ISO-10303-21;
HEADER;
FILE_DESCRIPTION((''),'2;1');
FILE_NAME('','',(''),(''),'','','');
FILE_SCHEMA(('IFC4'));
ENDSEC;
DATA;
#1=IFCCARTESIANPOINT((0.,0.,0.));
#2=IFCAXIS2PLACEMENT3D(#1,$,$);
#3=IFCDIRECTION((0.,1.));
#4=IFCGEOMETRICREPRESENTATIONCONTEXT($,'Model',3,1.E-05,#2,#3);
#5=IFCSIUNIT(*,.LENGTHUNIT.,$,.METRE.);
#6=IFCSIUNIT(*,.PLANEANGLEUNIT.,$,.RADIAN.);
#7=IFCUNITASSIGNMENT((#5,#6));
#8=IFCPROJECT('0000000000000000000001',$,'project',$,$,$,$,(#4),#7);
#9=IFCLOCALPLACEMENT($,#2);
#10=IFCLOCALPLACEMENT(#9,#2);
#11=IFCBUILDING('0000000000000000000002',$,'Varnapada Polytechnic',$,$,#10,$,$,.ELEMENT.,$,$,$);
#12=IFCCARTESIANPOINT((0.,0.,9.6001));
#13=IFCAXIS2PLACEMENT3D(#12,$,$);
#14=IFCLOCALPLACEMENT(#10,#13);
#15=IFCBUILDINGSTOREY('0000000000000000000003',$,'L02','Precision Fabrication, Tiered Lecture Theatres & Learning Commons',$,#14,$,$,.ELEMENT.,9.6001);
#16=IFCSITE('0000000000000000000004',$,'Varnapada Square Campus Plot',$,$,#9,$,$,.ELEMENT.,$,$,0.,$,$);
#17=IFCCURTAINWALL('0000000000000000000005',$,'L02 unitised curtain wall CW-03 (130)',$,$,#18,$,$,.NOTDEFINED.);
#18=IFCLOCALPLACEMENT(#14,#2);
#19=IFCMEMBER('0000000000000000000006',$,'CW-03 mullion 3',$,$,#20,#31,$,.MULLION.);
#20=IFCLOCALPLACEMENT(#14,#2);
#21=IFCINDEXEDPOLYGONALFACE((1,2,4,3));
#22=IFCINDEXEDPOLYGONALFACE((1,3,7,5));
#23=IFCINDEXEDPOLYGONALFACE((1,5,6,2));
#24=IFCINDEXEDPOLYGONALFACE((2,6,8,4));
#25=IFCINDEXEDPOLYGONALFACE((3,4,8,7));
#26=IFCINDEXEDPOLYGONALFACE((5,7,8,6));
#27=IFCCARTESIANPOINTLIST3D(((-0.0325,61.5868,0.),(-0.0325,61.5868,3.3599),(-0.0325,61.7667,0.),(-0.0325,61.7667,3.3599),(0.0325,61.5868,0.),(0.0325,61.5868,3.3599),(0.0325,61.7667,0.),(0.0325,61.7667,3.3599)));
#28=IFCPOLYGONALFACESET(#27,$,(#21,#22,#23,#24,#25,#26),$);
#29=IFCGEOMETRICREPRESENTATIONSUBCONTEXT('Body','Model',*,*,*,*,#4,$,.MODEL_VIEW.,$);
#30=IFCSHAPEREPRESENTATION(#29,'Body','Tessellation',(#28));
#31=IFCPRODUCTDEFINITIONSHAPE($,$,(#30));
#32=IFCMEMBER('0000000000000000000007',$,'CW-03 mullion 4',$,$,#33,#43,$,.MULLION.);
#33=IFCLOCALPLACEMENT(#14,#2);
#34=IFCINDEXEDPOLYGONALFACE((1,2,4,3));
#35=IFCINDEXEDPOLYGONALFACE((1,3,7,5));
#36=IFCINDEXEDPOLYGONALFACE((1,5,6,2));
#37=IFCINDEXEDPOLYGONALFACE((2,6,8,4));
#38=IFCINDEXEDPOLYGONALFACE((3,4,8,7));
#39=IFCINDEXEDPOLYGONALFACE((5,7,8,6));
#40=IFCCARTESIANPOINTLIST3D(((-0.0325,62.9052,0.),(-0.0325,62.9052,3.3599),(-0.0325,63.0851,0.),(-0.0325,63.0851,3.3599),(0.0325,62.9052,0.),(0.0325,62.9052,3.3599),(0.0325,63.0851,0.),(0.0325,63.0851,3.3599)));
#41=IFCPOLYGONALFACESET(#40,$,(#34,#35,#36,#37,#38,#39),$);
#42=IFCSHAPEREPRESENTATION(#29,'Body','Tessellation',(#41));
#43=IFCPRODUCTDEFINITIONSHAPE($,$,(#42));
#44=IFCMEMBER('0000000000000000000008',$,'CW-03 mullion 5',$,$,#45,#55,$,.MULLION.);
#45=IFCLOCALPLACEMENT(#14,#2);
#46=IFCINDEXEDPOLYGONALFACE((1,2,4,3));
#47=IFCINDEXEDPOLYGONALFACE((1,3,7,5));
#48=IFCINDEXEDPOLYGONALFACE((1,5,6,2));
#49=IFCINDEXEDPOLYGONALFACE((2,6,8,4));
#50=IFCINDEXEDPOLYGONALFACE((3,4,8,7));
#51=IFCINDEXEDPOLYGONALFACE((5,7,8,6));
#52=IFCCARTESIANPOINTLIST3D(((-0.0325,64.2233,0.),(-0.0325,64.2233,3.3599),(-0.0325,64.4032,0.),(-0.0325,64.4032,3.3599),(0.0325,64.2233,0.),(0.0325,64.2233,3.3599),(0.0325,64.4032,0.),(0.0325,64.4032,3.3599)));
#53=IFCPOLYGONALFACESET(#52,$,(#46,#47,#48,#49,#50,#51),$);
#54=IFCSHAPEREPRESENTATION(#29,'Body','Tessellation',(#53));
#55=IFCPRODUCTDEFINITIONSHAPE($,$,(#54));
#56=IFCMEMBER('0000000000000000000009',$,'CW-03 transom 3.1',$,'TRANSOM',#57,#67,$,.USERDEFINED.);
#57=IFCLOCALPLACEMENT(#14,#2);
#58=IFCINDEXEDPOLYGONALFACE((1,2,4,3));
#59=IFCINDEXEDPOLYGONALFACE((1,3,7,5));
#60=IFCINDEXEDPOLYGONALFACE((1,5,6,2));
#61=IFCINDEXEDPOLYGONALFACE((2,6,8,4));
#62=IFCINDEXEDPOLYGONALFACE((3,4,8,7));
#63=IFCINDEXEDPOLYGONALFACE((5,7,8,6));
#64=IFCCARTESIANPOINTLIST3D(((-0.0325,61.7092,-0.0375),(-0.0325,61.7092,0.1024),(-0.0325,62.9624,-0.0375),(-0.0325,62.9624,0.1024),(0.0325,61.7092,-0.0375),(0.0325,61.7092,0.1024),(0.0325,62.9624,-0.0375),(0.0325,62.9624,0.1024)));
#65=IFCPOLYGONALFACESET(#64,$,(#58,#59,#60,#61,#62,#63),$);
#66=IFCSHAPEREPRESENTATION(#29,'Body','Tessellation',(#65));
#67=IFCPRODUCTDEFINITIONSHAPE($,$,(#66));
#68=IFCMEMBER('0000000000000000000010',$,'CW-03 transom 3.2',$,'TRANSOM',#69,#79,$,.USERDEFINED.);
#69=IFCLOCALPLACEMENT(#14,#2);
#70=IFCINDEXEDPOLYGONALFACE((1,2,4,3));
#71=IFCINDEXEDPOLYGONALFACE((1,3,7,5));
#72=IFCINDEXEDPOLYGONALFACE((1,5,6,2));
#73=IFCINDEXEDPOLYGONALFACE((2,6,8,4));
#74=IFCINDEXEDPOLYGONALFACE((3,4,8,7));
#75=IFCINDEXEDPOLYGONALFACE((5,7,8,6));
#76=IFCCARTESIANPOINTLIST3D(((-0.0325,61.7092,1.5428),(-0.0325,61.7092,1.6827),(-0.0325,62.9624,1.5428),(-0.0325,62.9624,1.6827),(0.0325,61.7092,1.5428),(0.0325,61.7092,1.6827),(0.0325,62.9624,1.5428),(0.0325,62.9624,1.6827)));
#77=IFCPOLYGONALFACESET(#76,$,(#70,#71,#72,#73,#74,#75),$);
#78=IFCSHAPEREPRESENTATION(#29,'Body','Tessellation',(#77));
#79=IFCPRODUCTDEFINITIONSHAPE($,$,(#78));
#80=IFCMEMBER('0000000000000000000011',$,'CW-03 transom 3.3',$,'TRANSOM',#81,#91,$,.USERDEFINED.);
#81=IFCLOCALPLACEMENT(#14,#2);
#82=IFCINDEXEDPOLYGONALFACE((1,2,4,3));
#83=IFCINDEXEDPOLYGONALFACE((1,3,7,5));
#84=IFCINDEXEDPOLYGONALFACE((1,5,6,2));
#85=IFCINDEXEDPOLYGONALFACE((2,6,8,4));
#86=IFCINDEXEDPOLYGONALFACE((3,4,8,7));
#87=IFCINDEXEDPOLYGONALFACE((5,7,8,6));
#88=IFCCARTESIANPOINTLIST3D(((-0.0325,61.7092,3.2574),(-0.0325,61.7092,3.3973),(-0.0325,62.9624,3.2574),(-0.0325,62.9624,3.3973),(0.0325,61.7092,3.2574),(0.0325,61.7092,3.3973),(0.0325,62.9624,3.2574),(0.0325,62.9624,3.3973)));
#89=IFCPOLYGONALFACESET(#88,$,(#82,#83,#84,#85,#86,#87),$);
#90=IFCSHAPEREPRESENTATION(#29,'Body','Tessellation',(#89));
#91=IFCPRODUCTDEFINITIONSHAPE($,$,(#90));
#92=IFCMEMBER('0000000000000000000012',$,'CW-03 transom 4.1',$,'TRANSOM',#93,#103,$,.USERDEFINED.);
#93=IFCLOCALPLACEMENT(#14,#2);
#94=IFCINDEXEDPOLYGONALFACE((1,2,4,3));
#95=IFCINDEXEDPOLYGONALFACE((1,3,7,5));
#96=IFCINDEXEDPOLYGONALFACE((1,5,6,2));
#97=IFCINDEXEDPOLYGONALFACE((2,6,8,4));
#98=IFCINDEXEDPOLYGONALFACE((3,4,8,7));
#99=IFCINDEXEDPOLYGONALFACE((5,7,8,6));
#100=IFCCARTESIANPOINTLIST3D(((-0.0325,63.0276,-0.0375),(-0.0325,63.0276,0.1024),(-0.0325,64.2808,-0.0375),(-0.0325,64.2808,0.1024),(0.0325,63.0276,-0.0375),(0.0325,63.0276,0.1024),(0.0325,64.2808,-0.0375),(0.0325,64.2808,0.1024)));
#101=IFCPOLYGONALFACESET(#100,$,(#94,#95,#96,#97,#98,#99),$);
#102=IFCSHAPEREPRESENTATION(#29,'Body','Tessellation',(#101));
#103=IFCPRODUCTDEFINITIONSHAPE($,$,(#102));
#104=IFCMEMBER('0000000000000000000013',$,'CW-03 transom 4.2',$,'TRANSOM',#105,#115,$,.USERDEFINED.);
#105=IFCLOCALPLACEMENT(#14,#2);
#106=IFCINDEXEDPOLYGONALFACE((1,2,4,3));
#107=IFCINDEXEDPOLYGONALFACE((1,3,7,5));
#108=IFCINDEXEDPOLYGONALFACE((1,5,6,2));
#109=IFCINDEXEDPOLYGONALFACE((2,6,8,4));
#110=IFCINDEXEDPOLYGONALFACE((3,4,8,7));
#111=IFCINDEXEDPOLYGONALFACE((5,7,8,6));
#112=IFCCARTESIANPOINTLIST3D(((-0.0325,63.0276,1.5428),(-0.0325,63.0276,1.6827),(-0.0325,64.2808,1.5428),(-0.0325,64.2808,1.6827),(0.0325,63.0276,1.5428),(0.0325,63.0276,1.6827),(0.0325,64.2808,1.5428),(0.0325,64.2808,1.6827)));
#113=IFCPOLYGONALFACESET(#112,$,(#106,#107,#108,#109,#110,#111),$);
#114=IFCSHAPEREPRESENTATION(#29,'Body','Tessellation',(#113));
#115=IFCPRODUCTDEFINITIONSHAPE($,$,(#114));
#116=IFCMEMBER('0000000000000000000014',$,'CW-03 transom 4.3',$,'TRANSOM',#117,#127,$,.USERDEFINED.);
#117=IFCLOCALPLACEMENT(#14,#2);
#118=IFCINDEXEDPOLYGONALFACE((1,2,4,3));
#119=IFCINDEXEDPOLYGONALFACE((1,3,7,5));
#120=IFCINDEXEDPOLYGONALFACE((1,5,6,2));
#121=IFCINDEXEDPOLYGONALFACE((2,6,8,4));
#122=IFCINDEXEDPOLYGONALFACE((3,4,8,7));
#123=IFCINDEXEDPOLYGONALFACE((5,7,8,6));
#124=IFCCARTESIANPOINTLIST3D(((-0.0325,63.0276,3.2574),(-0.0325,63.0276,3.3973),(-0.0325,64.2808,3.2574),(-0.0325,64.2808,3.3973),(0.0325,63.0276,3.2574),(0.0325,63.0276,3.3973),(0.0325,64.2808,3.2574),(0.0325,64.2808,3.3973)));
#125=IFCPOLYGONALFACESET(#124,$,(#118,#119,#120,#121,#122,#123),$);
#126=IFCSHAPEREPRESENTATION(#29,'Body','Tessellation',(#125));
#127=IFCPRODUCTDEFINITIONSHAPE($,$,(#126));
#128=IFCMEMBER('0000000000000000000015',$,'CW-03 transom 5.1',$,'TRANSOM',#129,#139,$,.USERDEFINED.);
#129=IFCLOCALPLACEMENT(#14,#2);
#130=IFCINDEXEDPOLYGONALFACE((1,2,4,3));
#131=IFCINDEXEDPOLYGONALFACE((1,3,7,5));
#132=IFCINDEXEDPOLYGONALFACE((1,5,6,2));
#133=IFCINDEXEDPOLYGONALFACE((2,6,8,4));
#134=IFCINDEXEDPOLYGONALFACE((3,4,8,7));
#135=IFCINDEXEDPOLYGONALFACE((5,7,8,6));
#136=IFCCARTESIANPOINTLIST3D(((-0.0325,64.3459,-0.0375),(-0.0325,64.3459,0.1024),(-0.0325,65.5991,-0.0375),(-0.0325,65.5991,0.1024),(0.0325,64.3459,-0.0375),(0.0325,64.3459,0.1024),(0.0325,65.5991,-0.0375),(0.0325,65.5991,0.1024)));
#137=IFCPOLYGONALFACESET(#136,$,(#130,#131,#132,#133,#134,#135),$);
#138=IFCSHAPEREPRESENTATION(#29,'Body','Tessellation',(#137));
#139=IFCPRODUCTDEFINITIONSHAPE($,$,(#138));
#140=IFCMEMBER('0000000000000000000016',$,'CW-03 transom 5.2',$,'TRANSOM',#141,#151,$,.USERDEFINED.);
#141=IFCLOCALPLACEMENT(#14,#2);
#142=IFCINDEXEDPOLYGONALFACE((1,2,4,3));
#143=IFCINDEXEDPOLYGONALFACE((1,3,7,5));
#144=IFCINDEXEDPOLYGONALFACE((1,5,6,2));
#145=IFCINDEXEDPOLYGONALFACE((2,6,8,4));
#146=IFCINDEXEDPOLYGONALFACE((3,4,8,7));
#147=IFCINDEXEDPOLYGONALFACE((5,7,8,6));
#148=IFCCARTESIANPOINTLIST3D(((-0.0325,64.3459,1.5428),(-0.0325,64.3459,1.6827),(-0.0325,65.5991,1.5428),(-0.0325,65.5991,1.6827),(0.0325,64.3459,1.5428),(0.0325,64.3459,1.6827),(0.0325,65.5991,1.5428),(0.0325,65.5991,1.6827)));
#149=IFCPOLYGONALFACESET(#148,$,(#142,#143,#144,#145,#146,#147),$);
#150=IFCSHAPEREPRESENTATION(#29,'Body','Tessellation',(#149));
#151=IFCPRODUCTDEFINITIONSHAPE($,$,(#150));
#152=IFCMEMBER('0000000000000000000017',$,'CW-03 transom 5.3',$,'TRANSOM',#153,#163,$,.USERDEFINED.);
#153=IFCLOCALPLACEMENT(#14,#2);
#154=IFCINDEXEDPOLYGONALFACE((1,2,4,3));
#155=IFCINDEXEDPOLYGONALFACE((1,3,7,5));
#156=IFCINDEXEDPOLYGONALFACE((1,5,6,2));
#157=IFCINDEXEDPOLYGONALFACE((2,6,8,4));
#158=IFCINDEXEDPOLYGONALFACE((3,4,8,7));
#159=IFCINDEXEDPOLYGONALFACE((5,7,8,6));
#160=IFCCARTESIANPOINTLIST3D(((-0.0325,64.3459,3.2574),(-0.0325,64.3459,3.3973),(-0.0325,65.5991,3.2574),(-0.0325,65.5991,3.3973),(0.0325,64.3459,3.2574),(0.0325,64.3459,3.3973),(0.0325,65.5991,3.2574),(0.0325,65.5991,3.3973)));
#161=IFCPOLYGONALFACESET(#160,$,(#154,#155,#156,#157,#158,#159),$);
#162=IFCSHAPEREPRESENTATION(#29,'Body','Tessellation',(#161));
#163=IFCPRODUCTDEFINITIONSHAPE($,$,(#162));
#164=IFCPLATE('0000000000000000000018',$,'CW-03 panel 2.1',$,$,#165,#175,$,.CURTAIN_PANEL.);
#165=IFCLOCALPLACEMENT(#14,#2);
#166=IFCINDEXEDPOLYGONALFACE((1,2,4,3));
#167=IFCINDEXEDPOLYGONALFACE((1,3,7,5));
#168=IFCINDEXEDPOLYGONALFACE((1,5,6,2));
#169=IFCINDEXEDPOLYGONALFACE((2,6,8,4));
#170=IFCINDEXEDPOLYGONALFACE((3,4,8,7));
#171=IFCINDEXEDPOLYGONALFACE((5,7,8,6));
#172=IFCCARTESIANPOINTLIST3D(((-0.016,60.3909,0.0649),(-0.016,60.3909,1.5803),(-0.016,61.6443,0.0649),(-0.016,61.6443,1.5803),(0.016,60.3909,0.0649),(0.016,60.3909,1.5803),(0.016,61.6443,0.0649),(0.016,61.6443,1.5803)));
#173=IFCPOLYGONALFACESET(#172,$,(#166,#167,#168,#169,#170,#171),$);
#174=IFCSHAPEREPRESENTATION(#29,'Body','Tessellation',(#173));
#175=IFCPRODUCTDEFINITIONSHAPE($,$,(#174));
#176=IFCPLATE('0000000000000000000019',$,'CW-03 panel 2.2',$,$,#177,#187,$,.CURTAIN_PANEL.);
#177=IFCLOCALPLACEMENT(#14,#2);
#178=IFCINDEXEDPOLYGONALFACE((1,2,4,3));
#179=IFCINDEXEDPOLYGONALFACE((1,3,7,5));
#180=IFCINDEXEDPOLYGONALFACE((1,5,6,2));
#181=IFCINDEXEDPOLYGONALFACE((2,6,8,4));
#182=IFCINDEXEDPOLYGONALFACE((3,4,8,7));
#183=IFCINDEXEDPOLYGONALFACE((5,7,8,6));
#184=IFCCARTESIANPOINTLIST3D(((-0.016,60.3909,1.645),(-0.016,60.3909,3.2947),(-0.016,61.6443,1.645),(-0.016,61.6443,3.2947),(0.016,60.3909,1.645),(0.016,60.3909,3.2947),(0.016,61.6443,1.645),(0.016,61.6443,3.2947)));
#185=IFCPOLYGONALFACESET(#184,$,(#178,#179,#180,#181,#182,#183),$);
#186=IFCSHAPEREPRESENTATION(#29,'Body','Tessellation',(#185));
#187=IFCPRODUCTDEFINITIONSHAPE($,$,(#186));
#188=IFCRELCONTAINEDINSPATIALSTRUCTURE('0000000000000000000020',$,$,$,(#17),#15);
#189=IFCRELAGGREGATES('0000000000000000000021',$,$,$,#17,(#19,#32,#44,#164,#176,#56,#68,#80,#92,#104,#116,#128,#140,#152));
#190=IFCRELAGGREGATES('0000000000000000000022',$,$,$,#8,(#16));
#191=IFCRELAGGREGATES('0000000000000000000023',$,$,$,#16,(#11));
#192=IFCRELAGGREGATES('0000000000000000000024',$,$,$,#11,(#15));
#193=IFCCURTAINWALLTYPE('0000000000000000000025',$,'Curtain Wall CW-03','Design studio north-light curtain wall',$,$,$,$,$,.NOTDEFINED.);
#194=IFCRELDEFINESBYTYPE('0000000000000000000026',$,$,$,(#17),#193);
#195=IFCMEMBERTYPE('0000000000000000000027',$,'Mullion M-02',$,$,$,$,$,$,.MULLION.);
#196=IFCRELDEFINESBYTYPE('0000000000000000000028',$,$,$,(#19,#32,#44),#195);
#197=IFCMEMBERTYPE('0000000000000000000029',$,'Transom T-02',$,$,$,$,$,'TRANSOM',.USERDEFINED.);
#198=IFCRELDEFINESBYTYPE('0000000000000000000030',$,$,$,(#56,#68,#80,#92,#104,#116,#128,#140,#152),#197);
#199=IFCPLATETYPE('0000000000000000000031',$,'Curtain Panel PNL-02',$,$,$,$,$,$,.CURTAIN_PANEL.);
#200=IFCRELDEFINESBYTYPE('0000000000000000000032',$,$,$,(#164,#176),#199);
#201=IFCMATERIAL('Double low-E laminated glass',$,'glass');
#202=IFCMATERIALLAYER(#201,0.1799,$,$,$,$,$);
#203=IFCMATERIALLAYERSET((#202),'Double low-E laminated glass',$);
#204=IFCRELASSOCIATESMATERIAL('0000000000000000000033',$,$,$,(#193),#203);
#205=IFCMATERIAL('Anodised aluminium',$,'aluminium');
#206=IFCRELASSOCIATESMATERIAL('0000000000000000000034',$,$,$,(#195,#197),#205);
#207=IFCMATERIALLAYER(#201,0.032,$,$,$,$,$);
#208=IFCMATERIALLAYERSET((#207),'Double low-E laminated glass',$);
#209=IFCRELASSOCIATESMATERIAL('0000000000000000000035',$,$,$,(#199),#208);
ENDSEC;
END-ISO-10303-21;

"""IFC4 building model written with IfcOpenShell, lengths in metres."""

from ifc_helpers import new_model, si_unit, direction, frame, origin, origin_2d, place, context, subcontext, project, spatial, rectangle, extrude, material, layer, layer_set, material_profile, profile_set, type_object, element, aggregate, save


model = new_model("IFC4")

# Units and contexts
model_context = context("Model", 3, precision=1e-05, world=origin(), true_north=direction((0.0, 1.0)))
body_context = subcontext(model_context, "Body", "Model", "MODEL_VIEW")
ifc_project = project(units=[si_unit("LENGTHUNIT", "METRE"), si_unit("PLANEANGLEUNIT", "RADIAN")], contexts=[model_context])

# Site, building, storey
site_placement = place(None, origin())
site = spatial("IfcSite", under=ifc_project, at=site_placement, Name="Varnapada Square Campus Plot", CompositionType="ELEMENT", RefElevation=0.0)
building_placement = place(site_placement, origin())
building = spatial("IfcBuilding", under=site, at=building_placement, Name="Varnapada Polytechnic", CompositionType="ELEMENT")
storey_placement = place(building_placement, frame((0.0, 0.0, 9.6001)))
storey = spatial("IfcBuildingStorey", under=building, at=storey_placement, Name="L02", Description="Precision Fabrication, Tiered Lecture Theatres & Learning Commons", CompositionType="ELEMENT", Elevation=9.6001)

# Curtain wall, members, plates
ifc_material_1 = material(Name="Double low-E laminated glass", Category="glass")
ifc_layer_1 = layer(ifc_material_1, 0.1799)
ifc_layer_set_1 = layer_set([ifc_layer_1], Name="Double low-E laminated glass")
curtain_wall_type = type_object("IfcCurtainWallType", Name="Curtain Wall CW-03", Description="Design studio north-light curtain wall", PredefinedType="NOTDEFINED", material=ifc_layer_set_1)
curtain_wall_placement = place(storey_placement, origin())
curtain_wall = element("IfcCurtainWall", 1, at=curtain_wall_placement, inside=storey, type_object=curtain_wall_type, Name="L02 unitised curtain wall CW-03 (130)", PredefinedType="NOTDEFINED")
ifc_material_2 = material(Name="Anodised aluminium", Category="aluminium")
ifc_material_profile_1 = material_profile(ifc_material_2, rectangle(XDim=0.0649, YDim=0.1799, at=origin_2d()), Name="ALU M65x180")
ifc_profile_set_1 = profile_set([ifc_material_profile_1], Name="Anodised aluminium")
member_type_1 = type_object("IfcMemberType", Name="Mullion M-02", PredefinedType="MULLION", material=ifc_profile_set_1)
member_1_placement = place(storey_placement, frame((0.0, 61.6768, 0.0), z_axis=(0.0, 0.0, 1.0), x_axis=(-1.0, 0.0, 0.0)))
member_1 = element("IfcMember", 2, at=member_1_placement, type_object=member_type_1, Name="CW-03 mullion 3", PredefinedType="MULLION", context=body_context, shape_type="SweptSolid", body=[
    extrude(rectangle(XDim=0.0649, YDim=0.1799, at=origin_2d()), origin(), (0.0, 0.0, 1.0), 3.3599),
])
member_2_placement = place(storey_placement, frame((0.0, 62.9951, 0.0), z_axis=(0.0, 0.0, 1.0), x_axis=(-1.0, 0.0, 0.0)))
member_2 = element("IfcMember", 3, at=member_2_placement, type_object=member_type_1, Name="CW-03 mullion 4", PredefinedType="MULLION", context=body_context, shape_type="SweptSolid", body=[
    extrude(rectangle(XDim=0.0649, YDim=0.1799, at=origin_2d()), origin(), (0.0, 0.0, 1.0), 3.3599),
])
member_3_placement = place(storey_placement, frame((0.0, 64.3132, 0.0), z_axis=(0.0, 0.0, 1.0), x_axis=(-1.0, 0.0, 0.0)))
member_3 = element("IfcMember", 4, at=member_3_placement, type_object=member_type_1, Name="CW-03 mullion 5", PredefinedType="MULLION", context=body_context, shape_type="SweptSolid", body=[
    extrude(rectangle(XDim=0.0649, YDim=0.1799, at=origin_2d()), origin(), (0.0, 0.0, 1.0), 3.3599),
])
ifc_material_profile_2 = material_profile(ifc_material_2, rectangle(XDim=0.0649, YDim=0.1399, at=origin_2d()), Name="ALU T65x140")
ifc_profile_set_2 = profile_set([ifc_material_profile_2], Name="Anodised aluminium")
member_type_2 = type_object("IfcMemberType", Name="Transom T-02", ElementType="TRANSOM", PredefinedType="USERDEFINED", material=ifc_profile_set_2)
member_4_placement = place(storey_placement, frame((0.0, 61.7092, 0.0325), z_axis=(0.0, 1.0, 0.0), x_axis=(-1.0, 0.0, 0.0)))
member_4 = element("IfcMember", 5, at=member_4_placement, type_object=member_type_2, Name="CW-03 transom 3.1", ObjectType="TRANSOM", PredefinedType="USERDEFINED", context=body_context, shape_type="SweptSolid", body=[
    extrude(rectangle(XDim=0.0649, YDim=0.1399, at=origin_2d()), origin(), (0.0, 0.0, 1.0), 1.2532),
])
member_5_placement = place(storey_placement, frame((0.0, 61.7092, 1.6128), z_axis=(0.0, 1.0, 0.0), x_axis=(-1.0, 0.0, 0.0)))
member_5 = element("IfcMember", 6, at=member_5_placement, type_object=member_type_2, Name="CW-03 transom 3.2", ObjectType="TRANSOM", PredefinedType="USERDEFINED", context=body_context, shape_type="SweptSolid", body=[
    extrude(rectangle(XDim=0.0649, YDim=0.1399, at=origin_2d()), origin(), (0.0, 0.0, 1.0), 1.2532),
])
member_6_placement = place(storey_placement, frame((0.0, 61.7092, 3.3274), z_axis=(0.0, 1.0, 0.0), x_axis=(-1.0, 0.0, 0.0)))
member_6 = element("IfcMember", 7, at=member_6_placement, type_object=member_type_2, Name="CW-03 transom 3.3", ObjectType="TRANSOM", PredefinedType="USERDEFINED", context=body_context, shape_type="SweptSolid", body=[
    extrude(rectangle(XDim=0.0649, YDim=0.1399, at=origin_2d()), origin(), (0.0, 0.0, 1.0), 1.2532),
])
member_7_placement = place(storey_placement, frame((0.0, 63.0276, 0.0325), z_axis=(0.0, 1.0, 0.0), x_axis=(-1.0, 0.0, 0.0)))
member_7 = element("IfcMember", 8, at=member_7_placement, type_object=member_type_2, Name="CW-03 transom 4.1", ObjectType="TRANSOM", PredefinedType="USERDEFINED", context=body_context, shape_type="SweptSolid", body=[
    extrude(rectangle(XDim=0.0649, YDim=0.1399, at=origin_2d()), origin(), (0.0, 0.0, 1.0), 1.2532),
])
member_8_placement = place(storey_placement, frame((0.0, 63.0276, 1.6128), z_axis=(0.0, 1.0, 0.0), x_axis=(-1.0, 0.0, 0.0)))
member_8 = element("IfcMember", 9, at=member_8_placement, type_object=member_type_2, Name="CW-03 transom 4.2", ObjectType="TRANSOM", PredefinedType="USERDEFINED", context=body_context, shape_type="SweptSolid", body=[
    extrude(rectangle(XDim=0.0649, YDim=0.1399, at=origin_2d()), origin(), (0.0, 0.0, 1.0), 1.2532),
])
member_9_placement = place(storey_placement, frame((0.0, 63.0276, 3.3274), z_axis=(0.0, 1.0, 0.0), x_axis=(-1.0, 0.0, 0.0)))
member_9 = element("IfcMember", 10, at=member_9_placement, type_object=member_type_2, Name="CW-03 transom 4.3", ObjectType="TRANSOM", PredefinedType="USERDEFINED", context=body_context, shape_type="SweptSolid", body=[
    extrude(rectangle(XDim=0.0649, YDim=0.1399, at=origin_2d()), origin(), (0.0, 0.0, 1.0), 1.2532),
])
member_10_placement = place(storey_placement, frame((0.0, 64.3459, 0.0325), z_axis=(0.0, 1.0, 0.0), x_axis=(-1.0, 0.0, 0.0)))
member_10 = element("IfcMember", 11, at=member_10_placement, type_object=member_type_2, Name="CW-03 transom 5.1", ObjectType="TRANSOM", PredefinedType="USERDEFINED", context=body_context, shape_type="SweptSolid", body=[
    extrude(rectangle(XDim=0.0649, YDim=0.1399, at=origin_2d()), origin(), (0.0, 0.0, 1.0), 1.2532),
])
member_11_placement = place(storey_placement, frame((0.0, 64.3459, 1.6128), z_axis=(0.0, 1.0, 0.0), x_axis=(-1.0, 0.0, 0.0)))
member_11 = element("IfcMember", 12, at=member_11_placement, type_object=member_type_2, Name="CW-03 transom 5.2", ObjectType="TRANSOM", PredefinedType="USERDEFINED", context=body_context, shape_type="SweptSolid", body=[
    extrude(rectangle(XDim=0.0649, YDim=0.1399, at=origin_2d()), origin(), (0.0, 0.0, 1.0), 1.2532),
])
member_12_placement = place(storey_placement, frame((0.0, 64.3459, 3.3274), z_axis=(0.0, 1.0, 0.0), x_axis=(-1.0, 0.0, 0.0)))
member_12 = element("IfcMember", 13, at=member_12_placement, type_object=member_type_2, Name="CW-03 transom 5.3", ObjectType="TRANSOM", PredefinedType="USERDEFINED", context=body_context, shape_type="SweptSolid", body=[
    extrude(rectangle(XDim=0.0649, YDim=0.1399, at=origin_2d()), origin(), (0.0, 0.0, 1.0), 1.2532),
])
ifc_layer_2 = layer(ifc_material_1, 0.032)
ifc_layer_set_2 = layer_set([ifc_layer_2], Name="Double low-E laminated glass")
plate_type = type_object("IfcPlateType", Name="Curtain Panel PNL-02", PredefinedType="CURTAIN_PANEL", material=ifc_layer_set_2)
plate_1_placement = place(storey_placement, frame((0.0, 61.0176, 0.0649), z_axis=(0.0, 0.0, 1.0), x_axis=(0.0, 1.0, 0.0)))
plate_1 = element("IfcPlate", 14, at=plate_1_placement, type_object=plate_type, Name="CW-03 panel 2.1", PredefinedType="CURTAIN_PANEL", context=body_context, shape_type="SweptSolid", body=[
    extrude(rectangle(XDim=1.2534, YDim=0.032, at=origin_2d()), origin(), (0.0, 0.0, 1.0), 1.5154),
])
plate_2_placement = place(storey_placement, frame((0.0, 61.0176, 1.645), z_axis=(0.0, 0.0, 1.0), x_axis=(0.0, 1.0, 0.0)))
plate_2 = element("IfcPlate", 15, at=plate_2_placement, type_object=plate_type, Name="CW-03 panel 2.2", PredefinedType="CURTAIN_PANEL", context=body_context, shape_type="SweptSolid", body=[
    extrude(rectangle(XDim=1.2534, YDim=0.032, at=origin_2d()), origin(), (0.0, 0.0, 1.0), 1.6497),
])
aggregate(curtain_wall, [member_1, member_2, member_3, plate_1, plate_2, member_4, member_5, member_6, member_7, member_8, member_9, member_10, member_11, member_12])

save(model, "model.ifc")
